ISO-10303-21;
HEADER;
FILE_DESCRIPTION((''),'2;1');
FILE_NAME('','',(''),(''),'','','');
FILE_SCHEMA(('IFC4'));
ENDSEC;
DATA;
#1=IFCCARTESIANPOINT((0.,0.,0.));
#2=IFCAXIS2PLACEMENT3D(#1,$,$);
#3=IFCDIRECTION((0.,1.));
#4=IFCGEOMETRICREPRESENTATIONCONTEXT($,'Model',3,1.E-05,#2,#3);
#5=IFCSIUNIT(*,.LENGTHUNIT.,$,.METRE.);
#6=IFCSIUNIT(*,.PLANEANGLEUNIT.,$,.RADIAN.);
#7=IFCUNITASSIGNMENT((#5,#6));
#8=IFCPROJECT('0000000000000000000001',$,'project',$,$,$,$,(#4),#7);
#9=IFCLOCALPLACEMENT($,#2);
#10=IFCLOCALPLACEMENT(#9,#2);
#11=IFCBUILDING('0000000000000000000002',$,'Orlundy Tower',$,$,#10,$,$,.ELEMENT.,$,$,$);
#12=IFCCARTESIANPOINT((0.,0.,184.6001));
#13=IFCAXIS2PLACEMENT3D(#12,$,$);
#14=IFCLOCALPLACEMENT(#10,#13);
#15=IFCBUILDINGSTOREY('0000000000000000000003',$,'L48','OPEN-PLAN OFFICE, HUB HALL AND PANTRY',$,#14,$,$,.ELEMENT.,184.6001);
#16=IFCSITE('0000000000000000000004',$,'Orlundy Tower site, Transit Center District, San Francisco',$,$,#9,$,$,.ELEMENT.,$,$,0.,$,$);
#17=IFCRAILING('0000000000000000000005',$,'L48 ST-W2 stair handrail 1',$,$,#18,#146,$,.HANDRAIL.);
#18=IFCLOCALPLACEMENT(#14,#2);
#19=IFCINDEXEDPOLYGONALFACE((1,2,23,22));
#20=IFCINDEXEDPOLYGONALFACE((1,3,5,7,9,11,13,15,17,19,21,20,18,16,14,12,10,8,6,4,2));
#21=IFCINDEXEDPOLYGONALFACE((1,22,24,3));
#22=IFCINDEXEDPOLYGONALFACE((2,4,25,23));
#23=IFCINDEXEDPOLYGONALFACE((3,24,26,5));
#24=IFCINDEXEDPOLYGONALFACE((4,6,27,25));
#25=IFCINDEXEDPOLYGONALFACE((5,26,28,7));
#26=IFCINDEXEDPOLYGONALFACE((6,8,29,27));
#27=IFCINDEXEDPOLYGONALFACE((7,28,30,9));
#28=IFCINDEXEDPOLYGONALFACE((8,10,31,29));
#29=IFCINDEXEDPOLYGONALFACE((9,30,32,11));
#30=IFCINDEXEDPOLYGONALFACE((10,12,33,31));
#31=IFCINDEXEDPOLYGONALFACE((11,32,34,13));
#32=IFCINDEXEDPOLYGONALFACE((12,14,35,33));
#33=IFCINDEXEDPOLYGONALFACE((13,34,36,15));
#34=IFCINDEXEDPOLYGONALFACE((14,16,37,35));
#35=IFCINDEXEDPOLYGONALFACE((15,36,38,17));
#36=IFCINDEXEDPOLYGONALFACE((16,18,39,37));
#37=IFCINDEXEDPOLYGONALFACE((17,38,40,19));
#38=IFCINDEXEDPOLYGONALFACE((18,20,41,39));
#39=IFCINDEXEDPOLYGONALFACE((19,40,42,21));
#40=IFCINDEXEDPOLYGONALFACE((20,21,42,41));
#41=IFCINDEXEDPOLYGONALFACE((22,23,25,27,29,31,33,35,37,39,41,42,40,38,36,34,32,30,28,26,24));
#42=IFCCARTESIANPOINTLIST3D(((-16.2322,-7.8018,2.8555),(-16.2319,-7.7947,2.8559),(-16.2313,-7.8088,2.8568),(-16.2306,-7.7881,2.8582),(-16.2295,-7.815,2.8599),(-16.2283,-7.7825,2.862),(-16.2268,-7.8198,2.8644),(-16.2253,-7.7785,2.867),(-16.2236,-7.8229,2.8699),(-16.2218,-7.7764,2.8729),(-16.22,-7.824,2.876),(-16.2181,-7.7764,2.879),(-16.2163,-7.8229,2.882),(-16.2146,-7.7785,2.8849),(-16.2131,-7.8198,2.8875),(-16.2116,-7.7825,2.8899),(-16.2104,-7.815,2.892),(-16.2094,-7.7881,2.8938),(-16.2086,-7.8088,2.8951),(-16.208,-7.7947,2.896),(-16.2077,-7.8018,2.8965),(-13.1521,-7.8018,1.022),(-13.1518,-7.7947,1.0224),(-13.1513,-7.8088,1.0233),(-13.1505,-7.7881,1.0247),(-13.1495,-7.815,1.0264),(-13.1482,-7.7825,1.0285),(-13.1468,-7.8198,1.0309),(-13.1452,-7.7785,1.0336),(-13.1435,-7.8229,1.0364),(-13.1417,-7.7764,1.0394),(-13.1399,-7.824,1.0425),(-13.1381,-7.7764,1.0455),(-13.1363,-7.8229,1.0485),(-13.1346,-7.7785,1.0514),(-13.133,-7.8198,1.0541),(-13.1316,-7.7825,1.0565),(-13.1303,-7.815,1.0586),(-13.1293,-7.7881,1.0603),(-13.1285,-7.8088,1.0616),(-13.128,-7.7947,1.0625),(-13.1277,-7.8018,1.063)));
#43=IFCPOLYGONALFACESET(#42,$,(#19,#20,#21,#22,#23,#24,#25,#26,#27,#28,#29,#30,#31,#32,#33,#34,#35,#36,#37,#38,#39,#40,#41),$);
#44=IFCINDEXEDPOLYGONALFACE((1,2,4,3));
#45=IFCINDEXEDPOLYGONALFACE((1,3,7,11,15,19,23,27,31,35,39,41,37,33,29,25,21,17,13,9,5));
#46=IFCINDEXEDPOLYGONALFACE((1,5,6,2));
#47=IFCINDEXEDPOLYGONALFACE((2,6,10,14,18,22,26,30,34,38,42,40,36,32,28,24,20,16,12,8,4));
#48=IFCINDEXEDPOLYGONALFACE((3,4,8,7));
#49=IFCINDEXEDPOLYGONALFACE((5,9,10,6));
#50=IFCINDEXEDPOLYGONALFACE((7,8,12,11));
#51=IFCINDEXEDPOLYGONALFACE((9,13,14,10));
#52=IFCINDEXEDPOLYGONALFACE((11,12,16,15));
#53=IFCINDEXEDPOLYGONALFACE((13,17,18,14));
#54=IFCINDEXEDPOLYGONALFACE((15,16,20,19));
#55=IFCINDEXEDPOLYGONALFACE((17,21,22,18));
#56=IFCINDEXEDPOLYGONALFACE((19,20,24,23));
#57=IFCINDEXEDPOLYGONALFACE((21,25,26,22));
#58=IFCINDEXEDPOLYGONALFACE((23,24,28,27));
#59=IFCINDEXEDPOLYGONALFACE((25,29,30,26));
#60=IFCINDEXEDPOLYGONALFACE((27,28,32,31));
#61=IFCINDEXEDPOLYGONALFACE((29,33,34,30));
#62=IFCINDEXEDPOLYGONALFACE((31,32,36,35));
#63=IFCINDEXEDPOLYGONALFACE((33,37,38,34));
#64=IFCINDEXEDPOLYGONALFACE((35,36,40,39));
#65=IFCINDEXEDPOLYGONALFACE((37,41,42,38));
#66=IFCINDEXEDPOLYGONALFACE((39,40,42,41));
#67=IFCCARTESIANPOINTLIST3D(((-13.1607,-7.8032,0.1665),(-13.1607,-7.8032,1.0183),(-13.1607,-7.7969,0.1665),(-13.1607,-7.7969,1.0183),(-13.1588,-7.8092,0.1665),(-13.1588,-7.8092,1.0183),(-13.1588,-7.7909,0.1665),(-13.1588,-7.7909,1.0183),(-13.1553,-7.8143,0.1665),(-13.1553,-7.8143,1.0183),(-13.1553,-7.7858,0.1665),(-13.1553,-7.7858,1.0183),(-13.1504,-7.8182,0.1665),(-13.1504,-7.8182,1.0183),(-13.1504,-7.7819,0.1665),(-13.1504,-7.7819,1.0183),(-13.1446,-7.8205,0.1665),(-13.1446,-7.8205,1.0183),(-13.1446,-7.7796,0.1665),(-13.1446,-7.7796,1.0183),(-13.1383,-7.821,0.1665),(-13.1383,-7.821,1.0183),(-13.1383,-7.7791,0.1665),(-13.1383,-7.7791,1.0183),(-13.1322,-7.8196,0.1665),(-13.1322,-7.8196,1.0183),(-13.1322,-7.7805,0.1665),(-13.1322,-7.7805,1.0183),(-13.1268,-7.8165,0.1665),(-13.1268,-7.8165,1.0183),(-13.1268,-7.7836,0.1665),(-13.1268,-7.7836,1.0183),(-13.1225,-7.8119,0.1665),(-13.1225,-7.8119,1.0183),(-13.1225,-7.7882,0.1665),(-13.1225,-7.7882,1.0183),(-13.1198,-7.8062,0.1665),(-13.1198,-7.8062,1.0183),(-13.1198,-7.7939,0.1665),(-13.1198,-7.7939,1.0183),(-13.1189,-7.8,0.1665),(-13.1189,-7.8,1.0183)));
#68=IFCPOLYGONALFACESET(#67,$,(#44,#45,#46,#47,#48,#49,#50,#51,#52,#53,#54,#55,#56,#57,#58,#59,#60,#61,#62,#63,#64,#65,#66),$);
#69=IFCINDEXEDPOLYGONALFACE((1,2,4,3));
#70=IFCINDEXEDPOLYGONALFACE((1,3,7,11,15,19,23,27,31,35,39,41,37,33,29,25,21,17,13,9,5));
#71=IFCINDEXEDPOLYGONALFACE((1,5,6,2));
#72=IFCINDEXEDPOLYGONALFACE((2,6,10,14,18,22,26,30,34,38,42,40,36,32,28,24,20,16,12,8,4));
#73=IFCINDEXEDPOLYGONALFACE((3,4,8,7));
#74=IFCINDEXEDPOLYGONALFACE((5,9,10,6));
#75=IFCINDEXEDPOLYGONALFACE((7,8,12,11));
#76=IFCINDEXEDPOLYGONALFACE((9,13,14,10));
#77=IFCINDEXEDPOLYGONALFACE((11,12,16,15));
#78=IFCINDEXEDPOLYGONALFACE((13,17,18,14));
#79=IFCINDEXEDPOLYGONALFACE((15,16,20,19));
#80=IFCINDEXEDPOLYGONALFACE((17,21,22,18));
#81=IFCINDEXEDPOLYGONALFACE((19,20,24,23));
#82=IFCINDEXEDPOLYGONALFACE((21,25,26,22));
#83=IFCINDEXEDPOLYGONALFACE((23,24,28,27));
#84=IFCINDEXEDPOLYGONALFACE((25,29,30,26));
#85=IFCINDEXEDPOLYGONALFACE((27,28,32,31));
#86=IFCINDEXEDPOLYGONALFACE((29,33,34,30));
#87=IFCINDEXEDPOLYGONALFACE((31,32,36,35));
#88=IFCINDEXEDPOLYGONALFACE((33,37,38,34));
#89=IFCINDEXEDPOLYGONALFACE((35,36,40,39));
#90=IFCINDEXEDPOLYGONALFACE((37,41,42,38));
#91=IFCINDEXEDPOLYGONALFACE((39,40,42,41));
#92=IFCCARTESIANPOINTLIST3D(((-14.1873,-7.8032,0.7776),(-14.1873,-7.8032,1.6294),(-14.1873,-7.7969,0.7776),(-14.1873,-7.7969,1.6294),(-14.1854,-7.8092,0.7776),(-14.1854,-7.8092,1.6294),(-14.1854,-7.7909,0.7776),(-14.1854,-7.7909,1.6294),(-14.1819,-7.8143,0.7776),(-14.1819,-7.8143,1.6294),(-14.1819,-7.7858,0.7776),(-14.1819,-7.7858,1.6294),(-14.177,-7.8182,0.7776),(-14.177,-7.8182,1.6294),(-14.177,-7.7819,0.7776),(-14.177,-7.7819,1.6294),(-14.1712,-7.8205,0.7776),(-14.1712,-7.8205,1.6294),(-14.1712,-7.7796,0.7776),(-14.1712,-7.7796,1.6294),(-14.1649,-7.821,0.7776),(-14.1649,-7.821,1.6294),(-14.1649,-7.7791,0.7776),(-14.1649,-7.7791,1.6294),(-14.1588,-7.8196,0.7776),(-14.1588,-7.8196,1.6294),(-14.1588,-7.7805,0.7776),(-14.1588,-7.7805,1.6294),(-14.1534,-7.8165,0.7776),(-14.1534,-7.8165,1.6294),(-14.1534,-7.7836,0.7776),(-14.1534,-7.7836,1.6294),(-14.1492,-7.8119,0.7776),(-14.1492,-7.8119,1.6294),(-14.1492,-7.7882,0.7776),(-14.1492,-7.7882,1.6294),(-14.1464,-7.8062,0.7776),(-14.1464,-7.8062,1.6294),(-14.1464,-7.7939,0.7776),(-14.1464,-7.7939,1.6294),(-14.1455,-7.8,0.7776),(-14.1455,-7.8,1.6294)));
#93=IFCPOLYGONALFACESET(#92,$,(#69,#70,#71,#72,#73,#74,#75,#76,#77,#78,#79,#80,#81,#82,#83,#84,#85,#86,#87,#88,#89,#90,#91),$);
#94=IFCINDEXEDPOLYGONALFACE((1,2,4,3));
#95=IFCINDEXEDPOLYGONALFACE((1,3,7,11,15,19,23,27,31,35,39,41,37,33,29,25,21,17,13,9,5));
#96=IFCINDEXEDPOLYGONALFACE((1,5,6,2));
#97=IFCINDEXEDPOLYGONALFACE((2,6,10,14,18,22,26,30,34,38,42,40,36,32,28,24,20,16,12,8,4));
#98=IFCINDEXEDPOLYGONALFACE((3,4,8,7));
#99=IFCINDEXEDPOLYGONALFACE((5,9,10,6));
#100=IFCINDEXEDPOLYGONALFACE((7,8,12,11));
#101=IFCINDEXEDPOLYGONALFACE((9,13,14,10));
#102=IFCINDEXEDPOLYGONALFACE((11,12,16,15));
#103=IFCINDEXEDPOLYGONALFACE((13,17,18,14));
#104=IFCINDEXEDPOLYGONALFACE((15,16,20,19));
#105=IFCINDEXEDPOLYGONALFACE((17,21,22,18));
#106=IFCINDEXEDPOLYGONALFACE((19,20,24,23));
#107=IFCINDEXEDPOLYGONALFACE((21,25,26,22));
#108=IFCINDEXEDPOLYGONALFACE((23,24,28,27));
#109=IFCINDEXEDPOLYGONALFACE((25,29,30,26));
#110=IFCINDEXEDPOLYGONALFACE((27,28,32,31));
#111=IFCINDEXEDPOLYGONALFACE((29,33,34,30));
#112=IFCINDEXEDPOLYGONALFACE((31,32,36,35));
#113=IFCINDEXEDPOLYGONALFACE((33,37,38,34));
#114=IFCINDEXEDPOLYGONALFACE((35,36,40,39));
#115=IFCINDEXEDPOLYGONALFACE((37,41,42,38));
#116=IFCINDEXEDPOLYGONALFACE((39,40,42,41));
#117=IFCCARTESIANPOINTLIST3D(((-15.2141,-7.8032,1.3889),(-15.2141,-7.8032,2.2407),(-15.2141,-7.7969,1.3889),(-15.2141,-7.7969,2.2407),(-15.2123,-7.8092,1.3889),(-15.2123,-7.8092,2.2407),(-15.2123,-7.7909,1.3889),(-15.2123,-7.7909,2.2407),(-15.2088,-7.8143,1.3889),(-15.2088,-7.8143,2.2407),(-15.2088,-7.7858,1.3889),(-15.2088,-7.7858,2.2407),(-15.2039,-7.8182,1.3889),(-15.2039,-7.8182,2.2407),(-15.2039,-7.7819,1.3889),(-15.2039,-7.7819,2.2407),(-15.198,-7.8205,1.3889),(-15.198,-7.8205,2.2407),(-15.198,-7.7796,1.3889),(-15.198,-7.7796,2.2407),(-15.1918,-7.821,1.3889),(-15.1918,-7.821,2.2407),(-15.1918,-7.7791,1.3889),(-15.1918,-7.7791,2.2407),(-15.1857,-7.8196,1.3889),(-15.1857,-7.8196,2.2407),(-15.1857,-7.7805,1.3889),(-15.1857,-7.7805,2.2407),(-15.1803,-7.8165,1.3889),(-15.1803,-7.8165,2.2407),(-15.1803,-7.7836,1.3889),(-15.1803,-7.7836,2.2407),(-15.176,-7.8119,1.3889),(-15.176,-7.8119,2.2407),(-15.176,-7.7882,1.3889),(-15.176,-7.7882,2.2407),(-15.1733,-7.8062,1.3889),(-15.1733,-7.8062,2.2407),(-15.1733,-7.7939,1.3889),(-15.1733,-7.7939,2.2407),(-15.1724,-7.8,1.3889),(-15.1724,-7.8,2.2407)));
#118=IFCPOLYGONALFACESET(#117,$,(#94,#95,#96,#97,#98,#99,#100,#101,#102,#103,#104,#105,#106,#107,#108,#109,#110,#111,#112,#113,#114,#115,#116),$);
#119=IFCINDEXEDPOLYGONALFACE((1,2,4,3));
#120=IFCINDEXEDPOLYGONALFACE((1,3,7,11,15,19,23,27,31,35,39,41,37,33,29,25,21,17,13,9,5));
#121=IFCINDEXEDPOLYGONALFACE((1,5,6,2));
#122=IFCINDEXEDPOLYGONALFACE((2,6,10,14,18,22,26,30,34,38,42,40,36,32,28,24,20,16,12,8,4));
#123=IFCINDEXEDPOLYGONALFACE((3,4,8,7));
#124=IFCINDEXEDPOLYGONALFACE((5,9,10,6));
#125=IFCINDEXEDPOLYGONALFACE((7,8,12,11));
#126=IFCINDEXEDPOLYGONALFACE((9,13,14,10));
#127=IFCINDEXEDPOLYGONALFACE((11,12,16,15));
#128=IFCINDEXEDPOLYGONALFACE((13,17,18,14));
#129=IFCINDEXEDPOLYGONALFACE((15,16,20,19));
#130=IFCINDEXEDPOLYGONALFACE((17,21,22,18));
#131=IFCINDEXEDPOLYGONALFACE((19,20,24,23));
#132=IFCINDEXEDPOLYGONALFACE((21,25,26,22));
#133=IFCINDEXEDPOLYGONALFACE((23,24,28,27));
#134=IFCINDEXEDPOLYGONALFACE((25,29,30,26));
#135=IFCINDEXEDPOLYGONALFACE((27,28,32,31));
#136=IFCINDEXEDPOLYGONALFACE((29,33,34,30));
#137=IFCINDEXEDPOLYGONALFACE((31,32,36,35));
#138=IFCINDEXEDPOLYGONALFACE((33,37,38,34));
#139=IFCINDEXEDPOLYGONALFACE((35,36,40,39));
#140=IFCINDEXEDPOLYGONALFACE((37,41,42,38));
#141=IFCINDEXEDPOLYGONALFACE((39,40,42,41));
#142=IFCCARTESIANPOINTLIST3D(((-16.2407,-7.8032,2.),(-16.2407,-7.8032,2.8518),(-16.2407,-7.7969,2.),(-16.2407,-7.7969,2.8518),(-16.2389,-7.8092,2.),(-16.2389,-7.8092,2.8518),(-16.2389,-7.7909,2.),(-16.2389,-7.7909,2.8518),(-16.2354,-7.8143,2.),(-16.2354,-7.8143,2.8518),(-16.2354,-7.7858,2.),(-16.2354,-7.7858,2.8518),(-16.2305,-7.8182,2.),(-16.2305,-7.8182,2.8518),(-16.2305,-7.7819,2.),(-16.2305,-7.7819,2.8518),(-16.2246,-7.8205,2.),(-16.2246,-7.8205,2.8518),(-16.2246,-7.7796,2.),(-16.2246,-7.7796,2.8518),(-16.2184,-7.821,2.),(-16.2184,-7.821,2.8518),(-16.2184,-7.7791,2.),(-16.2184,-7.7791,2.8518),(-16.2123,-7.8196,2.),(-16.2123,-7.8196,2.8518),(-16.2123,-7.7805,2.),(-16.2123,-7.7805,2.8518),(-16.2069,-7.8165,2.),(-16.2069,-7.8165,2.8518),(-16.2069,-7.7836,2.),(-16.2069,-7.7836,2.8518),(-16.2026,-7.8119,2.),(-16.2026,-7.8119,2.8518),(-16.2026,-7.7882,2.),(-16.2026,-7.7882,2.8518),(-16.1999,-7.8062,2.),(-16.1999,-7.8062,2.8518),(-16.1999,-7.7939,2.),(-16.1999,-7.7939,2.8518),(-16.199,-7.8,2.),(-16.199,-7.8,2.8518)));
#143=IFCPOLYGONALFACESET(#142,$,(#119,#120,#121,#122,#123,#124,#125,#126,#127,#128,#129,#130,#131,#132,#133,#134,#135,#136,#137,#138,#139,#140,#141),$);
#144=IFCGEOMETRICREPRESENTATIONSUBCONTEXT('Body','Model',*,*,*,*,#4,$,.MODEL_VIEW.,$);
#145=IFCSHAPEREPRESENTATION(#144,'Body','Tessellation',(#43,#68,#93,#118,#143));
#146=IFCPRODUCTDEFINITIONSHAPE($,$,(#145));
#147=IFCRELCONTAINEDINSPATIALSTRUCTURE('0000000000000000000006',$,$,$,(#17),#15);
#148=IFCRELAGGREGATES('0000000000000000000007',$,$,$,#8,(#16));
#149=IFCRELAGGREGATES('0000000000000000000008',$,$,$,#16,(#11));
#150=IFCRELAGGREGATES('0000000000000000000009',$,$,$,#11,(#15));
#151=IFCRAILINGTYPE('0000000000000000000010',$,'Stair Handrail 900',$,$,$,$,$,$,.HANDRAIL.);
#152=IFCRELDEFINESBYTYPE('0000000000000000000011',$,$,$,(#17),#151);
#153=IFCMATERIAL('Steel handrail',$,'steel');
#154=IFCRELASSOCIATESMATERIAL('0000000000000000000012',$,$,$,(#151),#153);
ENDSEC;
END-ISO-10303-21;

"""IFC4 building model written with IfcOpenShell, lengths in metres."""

from ifc_helpers import new_model, si_unit, direction, frame, origin, origin_2d, place, context, subcontext, project, spatial, circle, extrude, material, type_object, element, save


model = new_model("IFC4")

# Units and contexts
model_context = context("Model", 3, precision=1e-05, world=origin(), true_north=direction((0.0, 1.0)))
body_context = subcontext(model_context, "Body", "Model", "MODEL_VIEW")
ifc_project = project(units=[si_unit("LENGTHUNIT", "METRE"), si_unit("PLANEANGLEUNIT", "RADIAN")], contexts=[model_context])

# Site, building, storey
site_placement = place(None, origin())
site = spatial("IfcSite", under=ifc_project, at=site_placement, Name="Orlundy Tower site, Transit Center District, San Francisco", CompositionType="ELEMENT", RefElevation=0.0)
building_placement = place(site_placement, origin())
building = spatial("IfcBuilding", under=site, at=building_placement, Name="Orlundy Tower", CompositionType="ELEMENT")
storey_placement = place(building_placement, frame((0.0, 0.0, 184.6001)))
storey = spatial("IfcBuildingStorey", under=building, at=storey_placement, Name="L48", Description="OPEN-PLAN OFFICE, HUB HALL AND PANTRY", CompositionType="ELEMENT", Elevation=184.6001)

# Railing
ifc_material_1 = material(Name="Steel handrail", Category="steel")
railing_type_1 = type_object("IfcRailingType", Name="Stair Handrail 900", PredefinedType="HANDRAIL", material=ifc_material_1)
railing_1_placement = place(storey_placement, frame((-13.1399, -7.8, 0.1665)))
element("IfcRailing", 1, at=railing_1_placement, inside=storey, type_object=railing_type_1, Name="L48 ST-W2 stair handrail 1", PredefinedType="HANDRAIL", context=body_context, shape_type="SweptSolid", body=[
    extrude(circle(Radius=0.0239, at=origin_2d()), frame((0.0, 0.0, 0.876), z_axis=(-0.859279, 0.0, 0.511508), x_axis=(0.0, -1.0, 0.0)), (0.0, 0.0, 1.0), 3.5845),
    extrude(circle(Radius=0.021, at=origin_2d()), origin(), (0.0, 0.0, 1.0), 0.8518),
    extrude(circle(Radius=0.021, at=origin_2d()), frame((-1.0266, 0.0, 0.6111)), (0.0, 0.0, 1.0), 0.8518),
    extrude(circle(Radius=0.021, at=origin_2d()), frame((-2.0535, 0.0, 1.2224)), (0.0, 0.0, 1.0), 0.8518),
    extrude(circle(Radius=0.021, at=origin_2d()), frame((-3.0801, 0.0, 1.8335)), (0.0, 0.0, 1.0), 0.8518),
])

save(model, "model.ifc")
